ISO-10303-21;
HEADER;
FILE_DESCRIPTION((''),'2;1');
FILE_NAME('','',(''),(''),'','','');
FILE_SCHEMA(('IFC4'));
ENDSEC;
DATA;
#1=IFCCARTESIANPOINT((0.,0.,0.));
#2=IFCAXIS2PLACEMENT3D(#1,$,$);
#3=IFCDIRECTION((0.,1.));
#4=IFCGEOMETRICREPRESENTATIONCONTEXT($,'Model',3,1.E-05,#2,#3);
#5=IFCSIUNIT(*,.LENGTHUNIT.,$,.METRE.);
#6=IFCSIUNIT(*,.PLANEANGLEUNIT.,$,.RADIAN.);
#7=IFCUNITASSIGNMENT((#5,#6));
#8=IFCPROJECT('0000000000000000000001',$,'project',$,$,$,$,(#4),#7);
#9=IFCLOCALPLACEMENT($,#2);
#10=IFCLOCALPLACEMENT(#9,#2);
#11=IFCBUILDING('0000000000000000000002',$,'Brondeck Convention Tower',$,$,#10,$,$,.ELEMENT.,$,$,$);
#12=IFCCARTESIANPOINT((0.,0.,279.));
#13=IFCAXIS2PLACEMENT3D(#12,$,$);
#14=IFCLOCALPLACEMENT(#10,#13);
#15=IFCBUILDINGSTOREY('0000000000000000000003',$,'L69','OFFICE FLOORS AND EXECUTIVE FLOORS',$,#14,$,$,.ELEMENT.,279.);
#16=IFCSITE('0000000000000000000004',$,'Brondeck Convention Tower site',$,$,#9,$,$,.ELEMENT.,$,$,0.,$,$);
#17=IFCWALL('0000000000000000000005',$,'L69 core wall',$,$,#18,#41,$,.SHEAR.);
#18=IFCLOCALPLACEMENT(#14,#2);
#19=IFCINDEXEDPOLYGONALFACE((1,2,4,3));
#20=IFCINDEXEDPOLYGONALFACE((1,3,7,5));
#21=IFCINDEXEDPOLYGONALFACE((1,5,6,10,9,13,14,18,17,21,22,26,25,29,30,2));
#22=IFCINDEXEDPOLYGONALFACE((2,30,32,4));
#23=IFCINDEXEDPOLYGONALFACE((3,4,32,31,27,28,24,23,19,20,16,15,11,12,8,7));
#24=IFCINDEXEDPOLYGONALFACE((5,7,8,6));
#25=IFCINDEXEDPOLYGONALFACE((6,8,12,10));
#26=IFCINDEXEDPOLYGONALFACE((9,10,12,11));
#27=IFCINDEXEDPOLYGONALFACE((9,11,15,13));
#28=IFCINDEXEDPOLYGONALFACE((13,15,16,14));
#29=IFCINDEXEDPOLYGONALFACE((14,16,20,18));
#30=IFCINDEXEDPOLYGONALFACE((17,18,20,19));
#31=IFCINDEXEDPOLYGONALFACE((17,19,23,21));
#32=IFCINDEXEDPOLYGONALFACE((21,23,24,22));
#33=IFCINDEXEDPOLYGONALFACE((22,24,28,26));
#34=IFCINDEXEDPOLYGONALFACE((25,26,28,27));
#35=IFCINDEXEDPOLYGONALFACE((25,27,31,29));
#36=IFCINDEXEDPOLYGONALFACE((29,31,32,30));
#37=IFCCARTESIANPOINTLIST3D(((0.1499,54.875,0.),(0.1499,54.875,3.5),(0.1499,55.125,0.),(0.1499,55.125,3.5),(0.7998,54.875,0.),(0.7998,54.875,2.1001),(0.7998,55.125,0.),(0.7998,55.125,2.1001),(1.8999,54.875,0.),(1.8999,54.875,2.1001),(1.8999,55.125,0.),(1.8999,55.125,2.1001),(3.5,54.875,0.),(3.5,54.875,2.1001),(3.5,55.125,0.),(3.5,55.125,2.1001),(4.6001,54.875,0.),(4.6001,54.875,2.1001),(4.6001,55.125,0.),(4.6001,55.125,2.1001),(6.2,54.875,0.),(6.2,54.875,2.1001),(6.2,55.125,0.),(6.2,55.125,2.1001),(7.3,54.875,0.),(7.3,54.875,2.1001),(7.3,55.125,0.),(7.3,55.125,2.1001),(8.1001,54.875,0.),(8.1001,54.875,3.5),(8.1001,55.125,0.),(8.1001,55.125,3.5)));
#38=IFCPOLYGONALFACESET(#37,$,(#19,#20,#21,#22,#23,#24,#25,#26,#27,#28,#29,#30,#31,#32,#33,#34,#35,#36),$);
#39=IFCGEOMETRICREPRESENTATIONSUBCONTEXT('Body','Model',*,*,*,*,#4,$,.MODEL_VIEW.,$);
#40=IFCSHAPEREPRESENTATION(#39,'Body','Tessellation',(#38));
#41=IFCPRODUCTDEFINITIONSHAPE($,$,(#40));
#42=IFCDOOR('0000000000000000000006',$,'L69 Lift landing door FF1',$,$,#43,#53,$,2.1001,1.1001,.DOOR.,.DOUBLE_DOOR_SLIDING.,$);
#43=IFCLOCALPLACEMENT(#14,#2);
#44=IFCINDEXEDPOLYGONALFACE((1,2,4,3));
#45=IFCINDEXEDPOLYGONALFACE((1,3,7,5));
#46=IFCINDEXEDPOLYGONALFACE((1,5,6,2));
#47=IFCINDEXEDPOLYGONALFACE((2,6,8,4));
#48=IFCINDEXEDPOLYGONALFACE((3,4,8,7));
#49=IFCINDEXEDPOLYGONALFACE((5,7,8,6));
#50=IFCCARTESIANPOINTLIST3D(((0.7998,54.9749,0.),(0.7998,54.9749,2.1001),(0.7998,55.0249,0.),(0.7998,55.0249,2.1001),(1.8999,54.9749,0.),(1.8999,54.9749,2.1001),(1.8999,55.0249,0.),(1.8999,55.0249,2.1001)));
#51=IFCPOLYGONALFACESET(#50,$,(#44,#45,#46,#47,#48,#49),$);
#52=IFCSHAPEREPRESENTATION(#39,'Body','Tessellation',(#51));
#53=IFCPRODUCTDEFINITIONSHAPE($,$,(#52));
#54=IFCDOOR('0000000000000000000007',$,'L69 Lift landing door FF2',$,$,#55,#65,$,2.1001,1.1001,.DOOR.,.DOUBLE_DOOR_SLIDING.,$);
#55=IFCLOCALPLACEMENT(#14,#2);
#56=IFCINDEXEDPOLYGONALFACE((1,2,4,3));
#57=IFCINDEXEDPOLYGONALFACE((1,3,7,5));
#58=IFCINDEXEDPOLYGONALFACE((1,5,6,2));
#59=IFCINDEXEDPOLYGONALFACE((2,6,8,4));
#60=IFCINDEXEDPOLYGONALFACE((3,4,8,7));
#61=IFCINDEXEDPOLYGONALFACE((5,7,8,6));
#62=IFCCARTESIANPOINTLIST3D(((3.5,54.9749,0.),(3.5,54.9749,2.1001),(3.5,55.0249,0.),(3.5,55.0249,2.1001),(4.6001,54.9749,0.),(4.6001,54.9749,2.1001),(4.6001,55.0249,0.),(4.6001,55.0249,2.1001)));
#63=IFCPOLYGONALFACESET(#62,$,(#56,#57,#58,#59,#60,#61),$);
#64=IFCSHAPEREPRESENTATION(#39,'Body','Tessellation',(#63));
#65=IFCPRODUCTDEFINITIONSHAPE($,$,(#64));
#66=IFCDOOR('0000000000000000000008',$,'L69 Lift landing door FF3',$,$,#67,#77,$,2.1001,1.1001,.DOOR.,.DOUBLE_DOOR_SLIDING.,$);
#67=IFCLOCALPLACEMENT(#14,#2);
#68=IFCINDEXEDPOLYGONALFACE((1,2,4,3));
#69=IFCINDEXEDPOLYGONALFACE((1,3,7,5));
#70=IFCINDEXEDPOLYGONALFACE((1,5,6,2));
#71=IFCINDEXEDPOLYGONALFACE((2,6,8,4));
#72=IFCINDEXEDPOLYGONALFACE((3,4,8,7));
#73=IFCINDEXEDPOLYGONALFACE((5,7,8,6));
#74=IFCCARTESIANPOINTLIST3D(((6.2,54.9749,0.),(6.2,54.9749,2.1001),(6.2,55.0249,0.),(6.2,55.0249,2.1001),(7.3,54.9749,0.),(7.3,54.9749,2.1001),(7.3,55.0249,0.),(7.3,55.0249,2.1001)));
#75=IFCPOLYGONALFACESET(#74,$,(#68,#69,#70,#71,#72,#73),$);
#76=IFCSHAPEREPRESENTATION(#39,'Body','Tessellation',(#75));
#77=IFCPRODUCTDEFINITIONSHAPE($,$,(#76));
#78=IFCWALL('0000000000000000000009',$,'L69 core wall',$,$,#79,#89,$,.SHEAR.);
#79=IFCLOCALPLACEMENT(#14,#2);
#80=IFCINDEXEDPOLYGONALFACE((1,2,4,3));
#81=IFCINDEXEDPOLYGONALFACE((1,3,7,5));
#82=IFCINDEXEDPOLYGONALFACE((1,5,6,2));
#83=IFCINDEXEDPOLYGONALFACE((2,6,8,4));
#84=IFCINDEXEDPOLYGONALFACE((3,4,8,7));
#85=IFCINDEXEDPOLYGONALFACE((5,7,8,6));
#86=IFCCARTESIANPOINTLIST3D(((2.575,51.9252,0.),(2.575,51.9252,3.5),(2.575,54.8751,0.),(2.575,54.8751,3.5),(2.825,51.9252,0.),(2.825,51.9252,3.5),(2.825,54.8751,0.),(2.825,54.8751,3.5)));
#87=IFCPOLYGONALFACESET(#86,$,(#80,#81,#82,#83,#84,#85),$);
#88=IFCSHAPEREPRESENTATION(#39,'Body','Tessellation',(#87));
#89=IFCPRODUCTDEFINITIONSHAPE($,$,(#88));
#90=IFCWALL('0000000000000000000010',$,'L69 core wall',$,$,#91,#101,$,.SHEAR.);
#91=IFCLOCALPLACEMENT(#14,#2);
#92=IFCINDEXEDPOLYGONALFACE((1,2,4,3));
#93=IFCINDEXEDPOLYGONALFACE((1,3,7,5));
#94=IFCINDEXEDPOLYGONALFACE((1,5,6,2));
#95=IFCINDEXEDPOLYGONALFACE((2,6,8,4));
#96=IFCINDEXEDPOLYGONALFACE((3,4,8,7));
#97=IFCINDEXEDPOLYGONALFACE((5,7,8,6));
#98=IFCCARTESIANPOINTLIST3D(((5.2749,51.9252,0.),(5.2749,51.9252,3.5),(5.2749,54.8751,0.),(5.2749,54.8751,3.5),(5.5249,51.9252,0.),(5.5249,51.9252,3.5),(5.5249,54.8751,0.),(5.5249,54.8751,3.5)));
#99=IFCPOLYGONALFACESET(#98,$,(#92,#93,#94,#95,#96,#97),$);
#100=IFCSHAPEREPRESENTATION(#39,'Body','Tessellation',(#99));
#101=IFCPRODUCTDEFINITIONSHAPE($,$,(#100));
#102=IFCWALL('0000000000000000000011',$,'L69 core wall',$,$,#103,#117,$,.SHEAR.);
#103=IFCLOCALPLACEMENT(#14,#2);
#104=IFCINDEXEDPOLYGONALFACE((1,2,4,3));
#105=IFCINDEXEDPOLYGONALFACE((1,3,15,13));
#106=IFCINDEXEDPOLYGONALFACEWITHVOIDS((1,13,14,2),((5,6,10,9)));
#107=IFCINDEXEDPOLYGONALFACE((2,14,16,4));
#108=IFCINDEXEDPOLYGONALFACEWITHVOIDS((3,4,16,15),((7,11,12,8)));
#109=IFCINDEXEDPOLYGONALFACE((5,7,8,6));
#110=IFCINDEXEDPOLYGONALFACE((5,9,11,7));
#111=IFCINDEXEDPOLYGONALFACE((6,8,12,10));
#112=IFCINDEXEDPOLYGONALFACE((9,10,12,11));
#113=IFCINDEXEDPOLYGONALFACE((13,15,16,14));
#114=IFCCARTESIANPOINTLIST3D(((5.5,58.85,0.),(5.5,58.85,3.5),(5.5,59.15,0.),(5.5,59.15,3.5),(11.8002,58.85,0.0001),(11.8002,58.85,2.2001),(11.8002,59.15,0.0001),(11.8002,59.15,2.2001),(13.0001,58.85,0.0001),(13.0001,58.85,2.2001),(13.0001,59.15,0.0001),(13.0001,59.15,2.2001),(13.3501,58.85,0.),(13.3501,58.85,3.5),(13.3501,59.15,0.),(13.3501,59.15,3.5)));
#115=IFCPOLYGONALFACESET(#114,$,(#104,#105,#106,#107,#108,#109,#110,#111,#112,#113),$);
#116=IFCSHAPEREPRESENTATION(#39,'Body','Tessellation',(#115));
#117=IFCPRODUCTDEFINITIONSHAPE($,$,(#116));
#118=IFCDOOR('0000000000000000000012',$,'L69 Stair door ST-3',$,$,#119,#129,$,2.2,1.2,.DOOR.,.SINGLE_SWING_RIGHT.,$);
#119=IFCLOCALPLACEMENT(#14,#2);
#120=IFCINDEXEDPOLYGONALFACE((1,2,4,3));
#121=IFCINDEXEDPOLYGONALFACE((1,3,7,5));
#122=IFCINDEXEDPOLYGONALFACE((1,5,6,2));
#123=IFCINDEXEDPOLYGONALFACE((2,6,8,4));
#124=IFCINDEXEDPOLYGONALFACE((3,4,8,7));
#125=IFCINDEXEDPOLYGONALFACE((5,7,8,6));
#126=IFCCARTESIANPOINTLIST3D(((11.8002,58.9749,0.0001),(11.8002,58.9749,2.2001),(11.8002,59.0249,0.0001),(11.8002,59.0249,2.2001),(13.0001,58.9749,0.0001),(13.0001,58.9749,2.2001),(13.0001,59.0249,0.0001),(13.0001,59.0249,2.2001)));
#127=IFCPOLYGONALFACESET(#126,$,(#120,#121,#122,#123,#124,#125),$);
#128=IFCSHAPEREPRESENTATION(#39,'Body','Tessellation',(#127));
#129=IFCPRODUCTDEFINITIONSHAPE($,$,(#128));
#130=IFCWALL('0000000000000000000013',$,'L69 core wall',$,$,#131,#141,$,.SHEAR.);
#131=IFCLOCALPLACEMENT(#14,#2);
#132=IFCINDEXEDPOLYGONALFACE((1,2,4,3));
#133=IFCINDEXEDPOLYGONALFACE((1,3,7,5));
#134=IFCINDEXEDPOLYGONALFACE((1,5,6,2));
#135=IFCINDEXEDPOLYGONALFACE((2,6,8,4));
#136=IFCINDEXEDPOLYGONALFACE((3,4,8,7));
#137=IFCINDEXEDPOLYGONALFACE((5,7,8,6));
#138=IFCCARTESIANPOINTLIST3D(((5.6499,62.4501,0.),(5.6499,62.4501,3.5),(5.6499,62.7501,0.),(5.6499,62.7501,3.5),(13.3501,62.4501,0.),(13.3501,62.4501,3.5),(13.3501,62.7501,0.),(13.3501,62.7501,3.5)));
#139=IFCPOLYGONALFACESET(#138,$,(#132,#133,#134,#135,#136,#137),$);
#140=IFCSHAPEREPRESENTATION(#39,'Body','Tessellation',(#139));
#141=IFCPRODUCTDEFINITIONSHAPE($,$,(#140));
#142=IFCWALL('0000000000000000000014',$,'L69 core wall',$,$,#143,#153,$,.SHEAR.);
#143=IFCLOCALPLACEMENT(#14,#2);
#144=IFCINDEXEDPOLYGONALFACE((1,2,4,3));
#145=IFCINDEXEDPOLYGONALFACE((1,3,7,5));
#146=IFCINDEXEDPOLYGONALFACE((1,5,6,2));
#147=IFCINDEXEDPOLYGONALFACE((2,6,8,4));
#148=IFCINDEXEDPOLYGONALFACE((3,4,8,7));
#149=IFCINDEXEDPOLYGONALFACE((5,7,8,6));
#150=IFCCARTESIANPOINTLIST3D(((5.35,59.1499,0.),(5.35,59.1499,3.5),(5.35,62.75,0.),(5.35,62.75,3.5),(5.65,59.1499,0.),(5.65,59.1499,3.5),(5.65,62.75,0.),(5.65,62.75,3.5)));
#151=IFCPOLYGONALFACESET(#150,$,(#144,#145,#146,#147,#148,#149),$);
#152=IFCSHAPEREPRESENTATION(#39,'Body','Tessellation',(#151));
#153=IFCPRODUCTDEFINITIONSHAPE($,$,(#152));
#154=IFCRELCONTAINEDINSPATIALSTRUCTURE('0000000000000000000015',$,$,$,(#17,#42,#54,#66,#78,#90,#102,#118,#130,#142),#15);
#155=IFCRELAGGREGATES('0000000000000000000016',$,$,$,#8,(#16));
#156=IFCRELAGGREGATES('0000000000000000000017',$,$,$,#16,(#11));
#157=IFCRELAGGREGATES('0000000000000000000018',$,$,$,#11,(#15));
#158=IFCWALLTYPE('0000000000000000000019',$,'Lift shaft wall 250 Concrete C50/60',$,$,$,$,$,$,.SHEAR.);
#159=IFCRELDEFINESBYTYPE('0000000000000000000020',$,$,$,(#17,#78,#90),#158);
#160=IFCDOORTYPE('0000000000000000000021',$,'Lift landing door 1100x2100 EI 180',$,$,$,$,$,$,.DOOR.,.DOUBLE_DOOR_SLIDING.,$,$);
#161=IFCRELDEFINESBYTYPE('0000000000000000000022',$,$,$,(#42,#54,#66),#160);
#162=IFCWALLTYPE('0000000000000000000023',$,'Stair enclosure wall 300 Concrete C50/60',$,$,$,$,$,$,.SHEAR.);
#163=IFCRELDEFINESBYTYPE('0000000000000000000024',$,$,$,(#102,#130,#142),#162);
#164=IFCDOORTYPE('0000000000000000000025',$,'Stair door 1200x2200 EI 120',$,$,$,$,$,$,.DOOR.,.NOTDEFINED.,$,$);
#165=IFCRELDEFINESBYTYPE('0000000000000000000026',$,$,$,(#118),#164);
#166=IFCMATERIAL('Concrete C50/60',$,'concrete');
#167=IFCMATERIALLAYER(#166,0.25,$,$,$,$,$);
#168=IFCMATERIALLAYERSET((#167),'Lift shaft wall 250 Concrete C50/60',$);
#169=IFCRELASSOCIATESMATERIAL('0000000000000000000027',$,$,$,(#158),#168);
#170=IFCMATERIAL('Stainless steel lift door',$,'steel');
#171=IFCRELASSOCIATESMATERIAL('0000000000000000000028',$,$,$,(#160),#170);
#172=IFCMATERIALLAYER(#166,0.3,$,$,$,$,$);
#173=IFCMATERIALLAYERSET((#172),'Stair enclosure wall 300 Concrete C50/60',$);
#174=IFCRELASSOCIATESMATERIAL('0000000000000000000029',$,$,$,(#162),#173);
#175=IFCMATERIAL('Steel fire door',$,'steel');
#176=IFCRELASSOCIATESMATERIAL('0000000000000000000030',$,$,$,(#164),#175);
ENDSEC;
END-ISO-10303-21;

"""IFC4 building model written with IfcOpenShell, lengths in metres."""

from ifc_helpers import new_model, si_unit, direction, frame, frame_2d, origin, place, context, subcontext, project, spatial, rectangle, extrude, material, layer, layer_set, type_object, element, fill, save


model = new_model("IFC4")

# Units and contexts
model_context = context("Model", 3, precision=1e-05, world=origin(), true_north=direction((0.0, 1.0)))
body_context = subcontext(model_context, "Body", "Model", "MODEL_VIEW")
ifc_project = project(units=[si_unit("LENGTHUNIT", "METRE"), si_unit("PLANEANGLEUNIT", "RADIAN")], contexts=[model_context])

# Site, building, storey
site_placement = place(None, origin())
site = spatial("IfcSite", under=ifc_project, at=site_placement, Name="Brondeck Convention Tower site", CompositionType="ELEMENT", RefElevation=0.0)
building_placement = place(site_placement, origin())
building = spatial("IfcBuilding", under=site, at=building_placement, Name="Brondeck Convention Tower", CompositionType="ELEMENT")
storey_placement = place(building_placement, frame((0.0, 0.0, 279.0)))
storey = spatial("IfcBuildingStorey", under=building, at=storey_placement, Name="L69", Description="OFFICE FLOORS AND EXECUTIVE FLOORS", CompositionType="ELEMENT", Elevation=279.0)

# Shared definitions
ifc_material_1 = material(Name="Concrete C50/60", Category="concrete")

# Wall, openings, doors
ifc_layer_1 = layer(ifc_material_1, 0.25)
ifc_layer_set_1 = layer_set([ifc_layer_1], Name="Lift shaft wall 250 Concrete C50/60")
wall_type_1 = type_object("IfcWallType", Name="Lift shaft wall 250 Concrete C50/60", PredefinedType="SHEAR", material=ifc_layer_set_1)
wall_1_placement = place(storey_placement, frame((0.1499, 55.0, 0.0), z_axis=(0.0, 0.0, 1.0), x_axis=(1.0, 0.0, 0.0)))
wall_1 = element("IfcWall", 1, at=wall_1_placement, inside=storey, type_object=wall_type_1, Name="L69 core wall", PredefinedType="SHEAR", context=body_context, shape_type="SweptSolid", body=[
    extrude(rectangle(XDim=7.9502, YDim=0.25, at=frame_2d((3.9751, 0.0))), origin(), (0.0, 0.0, 1.0), 3.5),
])
opening_1_placement = place(wall_1_placement, frame((0.6499, 0.0, 0.0)))
opening_1 = element("IfcOpeningElement", 2, at=opening_1_placement, cuts=wall_1, PredefinedType="OPENING", context=body_context, shape_type="SweptSolid", body=[
    extrude(rectangle(XDim=1.1001, YDim=2.1001, at=frame_2d((0.55, 1.05))), frame((0.0, 0.135, 0.0), z_axis=(0.0, -1.0, 0.0), x_axis=(1.0, 0.0, 0.0)), (0.0, 0.0, 1.0), 0.27),
])
opening_2_placement = place(wall_1_placement, frame((3.3501, 0.0, 0.0)))
opening_2 = element("IfcOpeningElement", 3, at=opening_2_placement, cuts=wall_1, PredefinedType="OPENING", context=body_context, shape_type="SweptSolid", body=[
    extrude(rectangle(XDim=1.1001, YDim=2.1001, at=frame_2d((0.55, 1.05))), frame((0.0, 0.135, 0.0), z_axis=(0.0, -1.0, 0.0), x_axis=(1.0, 0.0, 0.0)), (0.0, 0.0, 1.0), 0.27),
])
opening_3_placement = place(wall_1_placement, frame((6.05, 0.0, 0.0)))
opening_3 = element("IfcOpeningElement", 4, at=opening_3_placement, cuts=wall_1, PredefinedType="OPENING", context=body_context, shape_type="SweptSolid", body=[
    extrude(rectangle(XDim=1.1001, YDim=2.1001, at=frame_2d((0.55, 1.05))), frame((0.0, 0.135, 0.0), z_axis=(0.0, -1.0, 0.0), x_axis=(1.0, 0.0, 0.0)), (0.0, 0.0, 1.0), 0.27),
])
ifc_material_2 = material(Name="Stainless steel lift door", Category="steel")
door_type_1 = type_object("IfcDoorType", Name="Lift landing door 1100x2100 EI 180", OperationType="DOUBLE_DOOR_SLIDING", PredefinedType="DOOR", material=ifc_material_2)
door_1_placement = place(opening_1_placement, origin())
door_1 = element("IfcDoor", 5, at=door_1_placement, inside=storey, type_object=door_type_1, Name="L69 Lift landing door FF1", OperationType="DOUBLE_DOOR_SLIDING", OverallHeight=2.1001, OverallWidth=1.1001, PredefinedType="DOOR", context=body_context, shape_type="SweptSolid", body=[
    extrude(rectangle(XDim=1.1001, YDim=2.1001, at=frame_2d((0.55, 1.05))), frame((0.0, 0.0249, 0.0), z_axis=(0.0, -1.0, 0.0), x_axis=(1.0, 0.0, 0.0)), (0.0, 0.0, 1.0), 0.05),
])
fill(opening_1, door_1)
door_2_placement = place(opening_2_placement, origin())
door_2 = element("IfcDoor", 6, at=door_2_placement, inside=storey, type_object=door_type_1, Name="L69 Lift landing door FF2", OperationType="DOUBLE_DOOR_SLIDING", OverallHeight=2.1001, OverallWidth=1.1001, PredefinedType="DOOR", context=body_context, shape_type="SweptSolid", body=[
    extrude(rectangle(XDim=1.1001, YDim=2.1001, at=frame_2d((0.55, 1.05))), frame((0.0, 0.0249, 0.0), z_axis=(0.0, -1.0, 0.0), x_axis=(1.0, 0.0, 0.0)), (0.0, 0.0, 1.0), 0.05),
])
fill(opening_2, door_2)
door_3_placement = place(opening_3_placement, origin())
door_3 = element("IfcDoor", 7, at=door_3_placement, inside=storey, type_object=door_type_1, Name="L69 Lift landing door FF3", OperationType="DOUBLE_DOOR_SLIDING", OverallHeight=2.1001, OverallWidth=1.1001, PredefinedType="DOOR", context=body_context, shape_type="SweptSolid", body=[
    extrude(rectangle(XDim=1.1001, YDim=2.1001, at=frame_2d((0.55, 1.05))), frame((0.0, 0.0249, 0.0), z_axis=(0.0, -1.0, 0.0), x_axis=(1.0, 0.0, 0.0)), (0.0, 0.0, 1.0), 0.05),
])
fill(opening_3, door_3)

# Walls
for number, where, z_axis, x_axis, name in (
    (8, (2.7, 51.925, 0.0), (0.0, 0.0, 1.0), (0.0, 1.0, 0.0), "L69 core wall"),
    (9, (5.3999, 51.925, 0.0), (0.0, 0.0, 1.0), (0.0, 1.0, 0.0), "L69 core wall"),
):
    element("IfcWall", number, at=place(storey_placement, frame(where, z_axis=z_axis, x_axis=x_axis)), inside=storey, type_object=wall_type_1, Name=name, PredefinedType="SHEAR", context=body_context, shape_type="SweptSolid", body=[
        extrude(rectangle(XDim=2.95, YDim=0.25, at=frame_2d((1.4751, 0.0))), origin(), (0.0, 0.0, 1.0), 3.5),
    ])

# Wall, opening, door
ifc_layer_2 = layer(ifc_material_1, 0.3)
ifc_layer_set_2 = layer_set([ifc_layer_2], Name="Stair enclosure wall 300 Concrete C50/60")
wall_type_2 = type_object("IfcWallType", Name="Stair enclosure wall 300 Concrete C50/60", PredefinedType="SHEAR", material=ifc_layer_set_2)
wall_2_placement = place(storey_placement, frame((5.5, 59.0, 0.0), z_axis=(0.0, 0.0, 1.0), x_axis=(1.0, 0.0, 0.0)))
wall_2 = element("IfcWall", 10, at=wall_2_placement, inside=storey, type_object=wall_type_2, Name="L69 core wall", PredefinedType="SHEAR", context=body_context, shape_type="SweptSolid", body=[
    extrude(rectangle(XDim=7.8501, YDim=0.3, at=frame_2d((3.925, 0.0))), origin(), (0.0, 0.0, 1.0), 3.5),
])
opening_4_placement = place(wall_2_placement, frame((6.3, 0.0, 0.0)))
opening_4 = element("IfcOpeningElement", 11, at=opening_4_placement, cuts=wall_2, PredefinedType="OPENING", context=body_context, shape_type="SweptSolid", body=[
    extrude(rectangle(XDim=1.2, YDim=2.2, at=frame_2d((0.6001, 1.1001))), frame((0.0, 0.1599, 0.0), z_axis=(0.0, -1.0, 0.0), x_axis=(1.0, 0.0, 0.0)), (0.0, 0.0, 1.0), 0.3201),
])
ifc_material_3 = material(Name="Steel fire door", Category="steel")
door_type_2 = type_object("IfcDoorType", Name="Stair door 1200x2200 EI 120", OperationType="NOTDEFINED", PredefinedType="DOOR", material=ifc_material_3)
door_4_placement = place(opening_4_placement, origin())
door_4 = element("IfcDoor", 12, at=door_4_placement, inside=storey, type_object=door_type_2, Name="L69 Stair door ST-3", OperationType="SINGLE_SWING_RIGHT", OverallHeight=2.2, OverallWidth=1.2, PredefinedType="DOOR", context=body_context, shape_type="SweptSolid", body=[
    extrude(rectangle(XDim=1.2, YDim=2.2, at=frame_2d((0.6001, 1.1001))), frame((0.0, 0.0249, 0.0), z_axis=(0.0, -1.0, 0.0), x_axis=(1.0, 0.0, 0.0)), (0.0, 0.0, 1.0), 0.05),
])
fill(opening_4, door_4)

# Walls
wall_3_placement = place(storey_placement, frame((5.6499, 62.6001, 0.0), z_axis=(0.0, 0.0, 1.0), x_axis=(1.0, 0.0, 0.0)))
element("IfcWall", 13, at=wall_3_placement, inside=storey, type_object=wall_type_2, Name="L69 core wall", PredefinedType="SHEAR", context=body_context, shape_type="SweptSolid", body=[
    extrude(rectangle(XDim=7.7002, YDim=0.3, at=frame_2d((3.8501, 0.0))), origin(), (0.0, 0.0, 1.0), 3.5),
])
wall_4_placement = place(storey_placement, frame((5.5, 59.1499, 0.0), z_axis=(0.0, 0.0, 1.0), x_axis=(0.0, 1.0, 0.0)))
element("IfcWall", 14, at=wall_4_placement, inside=storey, type_object=wall_type_2, Name="L69 core wall", PredefinedType="SHEAR", context=body_context, shape_type="SweptSolid", body=[
    extrude(rectangle(XDim=3.6001, YDim=0.3, at=frame_2d((1.8, 0.0))), origin(), (0.0, 0.0, 1.0), 3.5),
])

save(model, "model.ifc")
